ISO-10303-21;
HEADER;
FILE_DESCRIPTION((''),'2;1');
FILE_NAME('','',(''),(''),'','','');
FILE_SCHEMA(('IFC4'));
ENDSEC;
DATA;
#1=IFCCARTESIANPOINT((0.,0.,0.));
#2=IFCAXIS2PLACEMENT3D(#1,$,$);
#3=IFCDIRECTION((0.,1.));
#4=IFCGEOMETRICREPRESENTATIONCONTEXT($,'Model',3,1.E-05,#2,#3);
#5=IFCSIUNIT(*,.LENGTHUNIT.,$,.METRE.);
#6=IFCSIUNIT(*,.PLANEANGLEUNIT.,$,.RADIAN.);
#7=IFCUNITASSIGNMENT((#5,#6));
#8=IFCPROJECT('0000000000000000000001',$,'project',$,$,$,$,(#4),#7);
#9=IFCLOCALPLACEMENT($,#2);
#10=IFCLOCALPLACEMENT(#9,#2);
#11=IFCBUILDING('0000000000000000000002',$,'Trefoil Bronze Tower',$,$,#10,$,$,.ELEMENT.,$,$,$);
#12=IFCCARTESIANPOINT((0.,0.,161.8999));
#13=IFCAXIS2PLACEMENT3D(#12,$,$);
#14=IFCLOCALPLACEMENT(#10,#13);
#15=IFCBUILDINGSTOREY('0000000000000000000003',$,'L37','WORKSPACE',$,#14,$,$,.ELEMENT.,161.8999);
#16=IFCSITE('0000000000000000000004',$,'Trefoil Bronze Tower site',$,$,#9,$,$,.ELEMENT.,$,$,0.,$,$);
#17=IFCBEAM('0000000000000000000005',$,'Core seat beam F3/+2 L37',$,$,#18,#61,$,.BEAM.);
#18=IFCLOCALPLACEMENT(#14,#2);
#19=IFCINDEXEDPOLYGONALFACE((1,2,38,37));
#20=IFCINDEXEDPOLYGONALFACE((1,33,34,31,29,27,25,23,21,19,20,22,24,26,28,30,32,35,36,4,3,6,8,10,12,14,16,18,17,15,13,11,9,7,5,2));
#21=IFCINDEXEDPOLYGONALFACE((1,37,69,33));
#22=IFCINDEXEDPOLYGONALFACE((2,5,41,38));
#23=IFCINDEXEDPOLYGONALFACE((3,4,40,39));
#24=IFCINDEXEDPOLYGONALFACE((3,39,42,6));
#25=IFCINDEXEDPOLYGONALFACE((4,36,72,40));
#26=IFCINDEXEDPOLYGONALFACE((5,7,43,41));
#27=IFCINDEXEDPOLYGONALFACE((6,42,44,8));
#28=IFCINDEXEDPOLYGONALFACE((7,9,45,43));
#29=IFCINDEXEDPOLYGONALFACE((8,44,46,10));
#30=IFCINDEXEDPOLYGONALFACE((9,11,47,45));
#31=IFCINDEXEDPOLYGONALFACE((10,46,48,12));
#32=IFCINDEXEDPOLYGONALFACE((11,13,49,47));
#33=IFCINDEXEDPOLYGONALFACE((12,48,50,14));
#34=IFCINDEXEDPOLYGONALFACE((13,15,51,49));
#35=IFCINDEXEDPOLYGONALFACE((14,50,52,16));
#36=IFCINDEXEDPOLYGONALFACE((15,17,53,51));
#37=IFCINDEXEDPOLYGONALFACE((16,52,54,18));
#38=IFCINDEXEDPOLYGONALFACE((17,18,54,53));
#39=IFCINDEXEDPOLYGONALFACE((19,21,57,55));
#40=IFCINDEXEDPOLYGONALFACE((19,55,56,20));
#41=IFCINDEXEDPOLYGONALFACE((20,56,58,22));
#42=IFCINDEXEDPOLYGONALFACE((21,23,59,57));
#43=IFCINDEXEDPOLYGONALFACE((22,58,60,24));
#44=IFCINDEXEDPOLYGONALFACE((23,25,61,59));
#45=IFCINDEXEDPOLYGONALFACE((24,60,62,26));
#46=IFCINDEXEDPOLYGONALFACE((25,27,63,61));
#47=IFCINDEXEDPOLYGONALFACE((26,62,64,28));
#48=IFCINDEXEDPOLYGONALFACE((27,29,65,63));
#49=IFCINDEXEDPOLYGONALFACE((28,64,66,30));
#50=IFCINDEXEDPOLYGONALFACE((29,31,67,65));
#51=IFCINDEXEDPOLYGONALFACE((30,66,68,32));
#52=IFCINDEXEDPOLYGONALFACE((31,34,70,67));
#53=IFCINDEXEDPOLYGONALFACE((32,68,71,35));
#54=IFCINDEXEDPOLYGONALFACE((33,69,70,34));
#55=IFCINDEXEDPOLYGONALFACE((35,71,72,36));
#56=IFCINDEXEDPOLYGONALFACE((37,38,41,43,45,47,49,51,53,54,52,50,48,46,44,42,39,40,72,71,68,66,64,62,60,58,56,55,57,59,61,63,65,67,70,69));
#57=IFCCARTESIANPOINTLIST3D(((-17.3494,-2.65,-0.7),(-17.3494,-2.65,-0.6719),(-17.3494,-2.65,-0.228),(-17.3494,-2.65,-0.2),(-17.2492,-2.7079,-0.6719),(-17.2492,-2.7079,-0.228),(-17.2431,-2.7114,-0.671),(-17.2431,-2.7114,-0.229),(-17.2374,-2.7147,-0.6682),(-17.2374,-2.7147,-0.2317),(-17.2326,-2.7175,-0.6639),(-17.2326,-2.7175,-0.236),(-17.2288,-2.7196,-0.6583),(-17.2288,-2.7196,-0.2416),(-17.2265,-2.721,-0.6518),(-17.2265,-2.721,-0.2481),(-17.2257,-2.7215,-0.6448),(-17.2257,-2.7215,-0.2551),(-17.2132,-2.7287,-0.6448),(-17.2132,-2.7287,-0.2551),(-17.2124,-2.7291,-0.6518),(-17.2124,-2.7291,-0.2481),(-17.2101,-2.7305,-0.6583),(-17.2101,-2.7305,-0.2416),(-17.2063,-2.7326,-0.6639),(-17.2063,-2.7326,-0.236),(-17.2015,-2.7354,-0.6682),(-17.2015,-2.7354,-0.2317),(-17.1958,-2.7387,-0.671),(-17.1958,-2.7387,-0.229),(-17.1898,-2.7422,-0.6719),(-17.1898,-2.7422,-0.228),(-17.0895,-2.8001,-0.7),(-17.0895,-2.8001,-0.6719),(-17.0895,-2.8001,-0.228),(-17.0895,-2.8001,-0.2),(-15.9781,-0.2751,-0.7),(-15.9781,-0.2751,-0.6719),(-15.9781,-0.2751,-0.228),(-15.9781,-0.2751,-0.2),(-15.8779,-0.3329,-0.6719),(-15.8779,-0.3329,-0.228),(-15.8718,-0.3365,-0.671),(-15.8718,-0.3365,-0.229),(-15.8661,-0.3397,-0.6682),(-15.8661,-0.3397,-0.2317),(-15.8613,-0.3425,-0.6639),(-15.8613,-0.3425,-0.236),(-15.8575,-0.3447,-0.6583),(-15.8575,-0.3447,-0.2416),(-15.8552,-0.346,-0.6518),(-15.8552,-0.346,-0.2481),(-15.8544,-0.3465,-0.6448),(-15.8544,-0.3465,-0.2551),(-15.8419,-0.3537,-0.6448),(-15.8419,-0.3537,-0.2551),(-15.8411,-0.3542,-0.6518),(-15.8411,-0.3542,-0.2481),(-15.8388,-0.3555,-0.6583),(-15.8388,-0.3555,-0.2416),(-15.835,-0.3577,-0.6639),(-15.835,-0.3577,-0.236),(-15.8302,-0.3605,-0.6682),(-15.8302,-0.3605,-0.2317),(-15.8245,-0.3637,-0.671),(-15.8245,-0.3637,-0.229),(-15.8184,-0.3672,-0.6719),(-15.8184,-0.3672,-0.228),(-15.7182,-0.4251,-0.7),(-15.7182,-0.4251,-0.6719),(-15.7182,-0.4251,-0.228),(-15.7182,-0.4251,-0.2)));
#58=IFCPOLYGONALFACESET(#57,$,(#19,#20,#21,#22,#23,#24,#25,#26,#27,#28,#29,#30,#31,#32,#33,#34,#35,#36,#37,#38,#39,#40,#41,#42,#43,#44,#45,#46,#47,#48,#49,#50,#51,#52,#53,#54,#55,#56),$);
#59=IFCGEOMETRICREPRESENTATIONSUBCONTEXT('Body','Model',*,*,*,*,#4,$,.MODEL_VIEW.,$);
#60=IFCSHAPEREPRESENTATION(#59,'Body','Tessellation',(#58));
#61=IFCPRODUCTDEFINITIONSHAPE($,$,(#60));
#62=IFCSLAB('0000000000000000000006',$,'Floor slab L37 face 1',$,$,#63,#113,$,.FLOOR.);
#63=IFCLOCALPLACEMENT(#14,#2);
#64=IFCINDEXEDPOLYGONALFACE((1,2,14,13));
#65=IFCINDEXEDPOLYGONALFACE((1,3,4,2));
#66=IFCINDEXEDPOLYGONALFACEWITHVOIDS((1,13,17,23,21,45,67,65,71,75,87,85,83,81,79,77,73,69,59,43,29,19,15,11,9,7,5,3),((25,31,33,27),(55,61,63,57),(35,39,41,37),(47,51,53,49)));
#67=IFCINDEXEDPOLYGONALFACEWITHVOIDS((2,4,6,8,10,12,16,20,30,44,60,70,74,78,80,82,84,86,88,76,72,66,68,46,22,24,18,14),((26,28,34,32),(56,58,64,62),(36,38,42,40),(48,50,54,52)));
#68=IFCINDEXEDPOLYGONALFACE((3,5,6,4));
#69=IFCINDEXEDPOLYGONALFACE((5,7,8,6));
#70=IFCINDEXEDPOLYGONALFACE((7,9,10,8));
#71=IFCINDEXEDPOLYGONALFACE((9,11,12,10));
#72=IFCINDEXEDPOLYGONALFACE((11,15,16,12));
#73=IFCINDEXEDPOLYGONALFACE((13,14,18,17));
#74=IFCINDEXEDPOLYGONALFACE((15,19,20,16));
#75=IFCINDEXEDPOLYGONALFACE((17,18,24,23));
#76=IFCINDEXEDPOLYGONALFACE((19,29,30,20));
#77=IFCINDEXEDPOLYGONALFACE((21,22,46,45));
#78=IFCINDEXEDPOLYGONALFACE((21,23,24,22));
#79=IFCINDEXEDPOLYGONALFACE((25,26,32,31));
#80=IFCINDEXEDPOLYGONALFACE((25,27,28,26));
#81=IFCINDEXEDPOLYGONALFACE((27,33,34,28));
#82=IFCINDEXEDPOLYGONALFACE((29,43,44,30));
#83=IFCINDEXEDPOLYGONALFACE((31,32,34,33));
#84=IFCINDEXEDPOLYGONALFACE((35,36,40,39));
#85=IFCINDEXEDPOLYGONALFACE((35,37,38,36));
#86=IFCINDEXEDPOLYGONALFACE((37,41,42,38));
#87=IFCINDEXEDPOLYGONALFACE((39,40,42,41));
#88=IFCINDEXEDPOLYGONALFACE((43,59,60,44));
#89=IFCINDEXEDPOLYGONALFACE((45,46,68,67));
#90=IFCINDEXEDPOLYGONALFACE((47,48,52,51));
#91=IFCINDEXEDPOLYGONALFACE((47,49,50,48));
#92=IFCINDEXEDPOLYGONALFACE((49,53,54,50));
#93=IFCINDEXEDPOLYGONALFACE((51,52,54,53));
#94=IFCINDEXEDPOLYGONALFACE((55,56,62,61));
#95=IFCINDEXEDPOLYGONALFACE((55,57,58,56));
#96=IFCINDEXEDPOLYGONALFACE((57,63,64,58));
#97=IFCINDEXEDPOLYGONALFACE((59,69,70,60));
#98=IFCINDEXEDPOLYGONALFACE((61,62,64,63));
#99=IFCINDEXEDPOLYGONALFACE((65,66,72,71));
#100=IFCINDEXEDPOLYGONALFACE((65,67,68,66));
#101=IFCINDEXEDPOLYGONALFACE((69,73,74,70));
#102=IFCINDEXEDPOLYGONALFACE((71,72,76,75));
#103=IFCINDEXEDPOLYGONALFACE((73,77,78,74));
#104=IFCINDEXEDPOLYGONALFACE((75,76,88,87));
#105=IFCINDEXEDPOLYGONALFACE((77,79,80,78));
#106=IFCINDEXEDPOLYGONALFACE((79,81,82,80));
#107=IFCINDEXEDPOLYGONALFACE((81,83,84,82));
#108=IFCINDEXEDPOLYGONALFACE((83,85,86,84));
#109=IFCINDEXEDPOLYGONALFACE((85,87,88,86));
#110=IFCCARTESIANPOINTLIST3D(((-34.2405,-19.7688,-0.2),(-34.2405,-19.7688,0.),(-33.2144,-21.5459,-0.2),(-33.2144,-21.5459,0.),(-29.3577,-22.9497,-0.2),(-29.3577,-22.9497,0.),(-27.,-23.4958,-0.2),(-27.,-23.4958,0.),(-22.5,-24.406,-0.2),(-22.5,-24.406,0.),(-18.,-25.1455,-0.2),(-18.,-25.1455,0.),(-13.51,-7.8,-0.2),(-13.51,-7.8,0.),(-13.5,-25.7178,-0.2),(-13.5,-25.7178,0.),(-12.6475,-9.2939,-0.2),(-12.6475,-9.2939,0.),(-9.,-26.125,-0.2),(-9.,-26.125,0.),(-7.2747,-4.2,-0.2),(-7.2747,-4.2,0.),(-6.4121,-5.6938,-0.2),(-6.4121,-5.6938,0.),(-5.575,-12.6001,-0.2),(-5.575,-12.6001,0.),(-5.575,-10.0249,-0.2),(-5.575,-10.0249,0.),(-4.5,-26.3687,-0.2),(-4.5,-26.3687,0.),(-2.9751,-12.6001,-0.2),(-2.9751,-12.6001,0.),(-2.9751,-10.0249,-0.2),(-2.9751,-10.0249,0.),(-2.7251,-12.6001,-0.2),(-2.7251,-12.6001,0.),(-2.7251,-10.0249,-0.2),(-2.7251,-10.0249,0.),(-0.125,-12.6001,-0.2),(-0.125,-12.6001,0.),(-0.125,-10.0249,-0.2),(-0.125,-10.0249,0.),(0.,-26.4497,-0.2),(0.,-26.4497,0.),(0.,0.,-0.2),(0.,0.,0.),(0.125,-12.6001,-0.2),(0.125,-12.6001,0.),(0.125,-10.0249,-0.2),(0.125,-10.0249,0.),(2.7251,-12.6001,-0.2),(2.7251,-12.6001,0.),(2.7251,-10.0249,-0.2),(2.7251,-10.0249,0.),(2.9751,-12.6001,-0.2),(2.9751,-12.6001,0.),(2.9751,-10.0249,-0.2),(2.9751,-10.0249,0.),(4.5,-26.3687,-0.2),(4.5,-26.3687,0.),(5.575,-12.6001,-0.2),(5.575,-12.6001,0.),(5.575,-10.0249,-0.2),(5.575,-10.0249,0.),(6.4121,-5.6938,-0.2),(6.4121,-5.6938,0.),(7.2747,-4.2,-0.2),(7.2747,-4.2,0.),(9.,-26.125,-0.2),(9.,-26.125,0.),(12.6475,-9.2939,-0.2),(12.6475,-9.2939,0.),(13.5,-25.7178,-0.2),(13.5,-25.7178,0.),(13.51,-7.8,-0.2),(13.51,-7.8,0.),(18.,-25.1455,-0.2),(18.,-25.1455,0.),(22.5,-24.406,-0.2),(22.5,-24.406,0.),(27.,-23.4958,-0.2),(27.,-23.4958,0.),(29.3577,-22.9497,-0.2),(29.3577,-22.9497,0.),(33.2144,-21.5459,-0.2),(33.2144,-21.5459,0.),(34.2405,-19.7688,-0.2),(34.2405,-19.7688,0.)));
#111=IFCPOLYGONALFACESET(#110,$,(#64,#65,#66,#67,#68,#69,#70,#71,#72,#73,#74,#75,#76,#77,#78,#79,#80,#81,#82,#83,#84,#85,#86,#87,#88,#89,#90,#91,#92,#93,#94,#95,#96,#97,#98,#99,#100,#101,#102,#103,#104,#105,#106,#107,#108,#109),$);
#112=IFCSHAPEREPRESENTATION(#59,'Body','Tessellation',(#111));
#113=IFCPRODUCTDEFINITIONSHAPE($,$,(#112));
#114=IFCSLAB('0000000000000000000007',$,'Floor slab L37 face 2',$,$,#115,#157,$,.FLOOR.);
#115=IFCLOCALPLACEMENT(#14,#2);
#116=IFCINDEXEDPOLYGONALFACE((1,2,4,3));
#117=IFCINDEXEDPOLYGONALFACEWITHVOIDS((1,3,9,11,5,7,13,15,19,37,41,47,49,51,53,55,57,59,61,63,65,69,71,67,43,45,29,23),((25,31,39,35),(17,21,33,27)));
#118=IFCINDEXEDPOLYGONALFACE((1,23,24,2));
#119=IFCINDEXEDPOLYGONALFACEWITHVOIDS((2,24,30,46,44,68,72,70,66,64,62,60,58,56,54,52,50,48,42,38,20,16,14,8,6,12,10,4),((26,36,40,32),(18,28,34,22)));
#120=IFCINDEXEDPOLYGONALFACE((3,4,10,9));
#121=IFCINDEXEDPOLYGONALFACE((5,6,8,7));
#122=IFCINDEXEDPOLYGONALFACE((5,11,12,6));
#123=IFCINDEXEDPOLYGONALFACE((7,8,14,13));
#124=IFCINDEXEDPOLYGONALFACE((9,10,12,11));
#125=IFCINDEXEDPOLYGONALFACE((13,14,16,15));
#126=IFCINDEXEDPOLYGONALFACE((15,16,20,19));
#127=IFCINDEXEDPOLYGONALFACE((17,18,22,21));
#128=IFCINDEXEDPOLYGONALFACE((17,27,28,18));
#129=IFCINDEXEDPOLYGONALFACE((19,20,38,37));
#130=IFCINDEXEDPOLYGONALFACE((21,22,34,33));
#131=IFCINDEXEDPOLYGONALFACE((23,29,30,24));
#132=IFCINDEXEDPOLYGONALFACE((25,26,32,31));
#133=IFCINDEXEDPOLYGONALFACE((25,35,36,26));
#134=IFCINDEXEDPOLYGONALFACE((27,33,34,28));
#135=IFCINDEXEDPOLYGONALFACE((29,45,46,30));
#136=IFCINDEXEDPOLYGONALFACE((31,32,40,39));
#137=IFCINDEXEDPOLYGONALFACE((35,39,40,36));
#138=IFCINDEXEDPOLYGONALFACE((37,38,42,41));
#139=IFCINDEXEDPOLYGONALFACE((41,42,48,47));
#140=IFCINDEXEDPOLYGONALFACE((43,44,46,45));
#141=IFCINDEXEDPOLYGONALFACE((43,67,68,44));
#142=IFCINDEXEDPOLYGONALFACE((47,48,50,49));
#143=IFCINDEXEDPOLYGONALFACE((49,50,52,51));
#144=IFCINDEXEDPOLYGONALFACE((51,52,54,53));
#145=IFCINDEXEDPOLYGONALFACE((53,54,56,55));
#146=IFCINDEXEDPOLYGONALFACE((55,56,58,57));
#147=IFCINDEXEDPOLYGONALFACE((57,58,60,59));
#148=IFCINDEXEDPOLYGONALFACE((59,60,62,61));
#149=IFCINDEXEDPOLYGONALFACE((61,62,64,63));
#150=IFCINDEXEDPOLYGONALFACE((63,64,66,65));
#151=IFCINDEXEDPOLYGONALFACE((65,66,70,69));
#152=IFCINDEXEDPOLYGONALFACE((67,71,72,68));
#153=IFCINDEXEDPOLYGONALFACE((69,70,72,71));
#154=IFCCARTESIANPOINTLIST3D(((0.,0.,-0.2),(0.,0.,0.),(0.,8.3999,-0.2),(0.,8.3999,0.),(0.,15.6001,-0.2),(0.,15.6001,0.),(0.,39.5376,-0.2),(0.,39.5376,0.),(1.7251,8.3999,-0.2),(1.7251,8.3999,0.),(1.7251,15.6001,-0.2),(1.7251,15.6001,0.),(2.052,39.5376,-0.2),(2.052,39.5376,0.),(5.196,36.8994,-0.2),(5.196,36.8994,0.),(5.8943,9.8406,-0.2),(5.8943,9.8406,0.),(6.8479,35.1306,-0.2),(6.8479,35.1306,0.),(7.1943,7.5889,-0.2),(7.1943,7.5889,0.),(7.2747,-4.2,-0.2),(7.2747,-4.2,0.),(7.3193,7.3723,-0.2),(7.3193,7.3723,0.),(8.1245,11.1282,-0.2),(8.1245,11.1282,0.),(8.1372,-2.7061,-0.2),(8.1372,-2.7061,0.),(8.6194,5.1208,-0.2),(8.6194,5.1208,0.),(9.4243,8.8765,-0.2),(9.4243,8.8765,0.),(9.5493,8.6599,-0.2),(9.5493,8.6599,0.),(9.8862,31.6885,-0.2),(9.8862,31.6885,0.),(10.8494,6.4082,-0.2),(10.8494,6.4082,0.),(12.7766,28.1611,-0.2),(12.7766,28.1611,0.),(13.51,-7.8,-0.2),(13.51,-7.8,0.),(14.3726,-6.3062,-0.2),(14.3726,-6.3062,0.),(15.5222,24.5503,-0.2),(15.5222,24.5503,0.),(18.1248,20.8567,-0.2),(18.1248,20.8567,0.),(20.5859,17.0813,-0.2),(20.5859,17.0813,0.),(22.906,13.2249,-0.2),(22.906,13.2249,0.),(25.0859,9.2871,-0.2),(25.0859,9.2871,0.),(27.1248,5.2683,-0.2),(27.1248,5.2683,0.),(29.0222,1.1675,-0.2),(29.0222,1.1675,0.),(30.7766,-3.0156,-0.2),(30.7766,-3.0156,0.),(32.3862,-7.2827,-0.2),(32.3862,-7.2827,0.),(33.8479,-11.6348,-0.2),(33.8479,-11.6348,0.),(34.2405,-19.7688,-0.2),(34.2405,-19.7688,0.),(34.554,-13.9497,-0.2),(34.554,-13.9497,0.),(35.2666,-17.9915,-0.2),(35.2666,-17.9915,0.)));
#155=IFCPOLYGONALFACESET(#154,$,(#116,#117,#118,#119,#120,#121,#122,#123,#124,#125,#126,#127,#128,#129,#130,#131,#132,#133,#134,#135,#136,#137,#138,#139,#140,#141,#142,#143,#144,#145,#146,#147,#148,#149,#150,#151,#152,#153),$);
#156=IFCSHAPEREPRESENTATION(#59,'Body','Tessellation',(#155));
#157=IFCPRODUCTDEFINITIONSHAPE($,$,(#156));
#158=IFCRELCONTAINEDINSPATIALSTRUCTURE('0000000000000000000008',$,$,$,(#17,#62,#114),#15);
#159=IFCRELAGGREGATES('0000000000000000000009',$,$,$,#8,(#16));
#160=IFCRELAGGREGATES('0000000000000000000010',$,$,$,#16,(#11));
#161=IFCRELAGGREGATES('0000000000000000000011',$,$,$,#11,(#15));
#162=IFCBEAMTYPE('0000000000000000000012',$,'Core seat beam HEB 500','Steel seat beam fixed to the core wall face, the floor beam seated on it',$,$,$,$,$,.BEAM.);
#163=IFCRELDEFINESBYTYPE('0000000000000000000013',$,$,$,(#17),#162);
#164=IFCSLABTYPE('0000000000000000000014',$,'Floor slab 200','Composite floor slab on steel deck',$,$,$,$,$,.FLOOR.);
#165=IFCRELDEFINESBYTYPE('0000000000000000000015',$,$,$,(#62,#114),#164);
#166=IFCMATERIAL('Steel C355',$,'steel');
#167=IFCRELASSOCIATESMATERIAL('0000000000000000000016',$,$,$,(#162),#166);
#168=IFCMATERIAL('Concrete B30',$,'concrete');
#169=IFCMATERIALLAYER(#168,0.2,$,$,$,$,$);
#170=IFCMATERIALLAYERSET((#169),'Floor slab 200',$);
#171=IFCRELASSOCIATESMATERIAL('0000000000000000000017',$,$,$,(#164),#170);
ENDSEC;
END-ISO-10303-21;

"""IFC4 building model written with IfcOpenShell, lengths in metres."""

from ifc_helpers import new_model, si_unit, direction, frame, origin, origin_2d, place, context, subcontext, project, spatial, polyline, i_section, outline, extrude, material, layer, layer_set, material_profile, profile_set, type_object, element, save


model = new_model("IFC4")

# Units and contexts
model_context = context("Model", 3, precision=1e-05, world=origin(), true_north=direction((0.0, 1.0)))
body_context = subcontext(model_context, "Body", "Model", "MODEL_VIEW")
ifc_project = project(units=[si_unit("LENGTHUNIT", "METRE"), si_unit("PLANEANGLEUNIT", "RADIAN")], contexts=[model_context])

# Site, building, storey
site_placement = place(None, origin())
site = spatial("IfcSite", under=ifc_project, at=site_placement, Name="Trefoil Bronze Tower site", CompositionType="ELEMENT", RefElevation=0.0)
building_placement = place(site_placement, origin())
building = spatial("IfcBuilding", under=site, at=building_placement, Name="Trefoil Bronze Tower", CompositionType="ELEMENT")
storey_placement = place(building_placement, frame((0.0, 0.0, 161.8999)))
storey = spatial("IfcBuildingStorey", under=building, at=storey_placement, Name="L37", Description="WORKSPACE", CompositionType="ELEMENT", Elevation=161.8999)

# Beam
ifc_material_1 = material(Name="Steel C355", Category="steel")
ifc_material_profile = material_profile(ifc_material_1, i_section(OverallWidth=0.3, OverallDepth=0.5, WebThickness=0.0144, FlangeThickness=0.0281, FilletRadius=0.0271, at=origin_2d()), Name="HEB 500")
ifc_profile_set = profile_set([ifc_material_profile], Name="Steel C355")
beam_type = type_object("IfcBeamType", Name="Core seat beam HEB 500", Description="Steel seat beam fixed to the core wall face, the floor beam seated on it", PredefinedType="BEAM", material=ifc_profile_set)
beam_placement = place(storey_placement, frame((-15.8481, -0.3501, -0.45), z_axis=(-0.500036, -0.866005, 0.0), x_axis=(0.866005, -0.500036, 0.0)))
element("IfcBeam", 1, at=beam_placement, inside=storey, type_object=beam_type, Name="Core seat beam F3/+2 L37", PredefinedType="BEAM", context=body_context, shape_type="SweptSolid", body=[
    extrude(i_section(OverallWidth=0.3, OverallDepth=0.5, WebThickness=0.0144, FlangeThickness=0.0281, FilletRadius=0.0271, at=origin_2d()), origin(), (0.0, 0.0, 1.0), 2.7424),
])

# Slabs
ifc_material_2 = material(Name="Concrete B30", Category="concrete")
ifc_layer_1 = layer(ifc_material_2, 0.2)
ifc_layer_set_1 = layer_set([ifc_layer_1], Name="Floor slab 200")
slab_type = type_object("IfcSlabType", Name="Floor slab 200", Description="Composite floor slab on steel deck", PredefinedType="FLOOR", material=ifc_layer_set_1)
slab_1_placement = place(storey_placement, frame((0.0, 0.0, -0.2)))
element("IfcSlab", 2, at=slab_1_placement, inside=storey, type_object=slab_type, Name="Floor slab L37 face 1", PredefinedType="FLOOR", context=body_context, shape_type="SweptSolid", body=[
    extrude(outline(polyline([(22.5, -24.406), (18.0, -25.1455), (13.5, -25.7178), (9.0, -26.125), (4.5, -26.3687), (0.0, -26.4497), (-4.5, -26.3687), (-9.0, -26.125), (-13.5, -25.7178), (-18.0, -25.1455), (-22.5, -24.406), (-27.0, -23.4958), (-29.3577, -22.9497), (-33.2144, -21.5459), (-34.2405, -19.7688), (-13.51, -7.8), (-12.6475, -9.2939), (-6.4121, -5.6938), (-7.2747, -4.2), (0.0, 0.0), (7.2747, -4.2), (6.4121, -5.6938), (12.6475, -9.2939), (13.51, -7.8), (34.2405, -19.7688), (33.2144, -21.5459), (29.3577, -22.9497), (27.0, -23.4958), (22.5, -24.406)]), holes=[polyline([(-5.575, -10.0249), (-2.9751, -10.0249), (-2.9751, -12.6001), (-5.575, -12.6001), (-5.575, -10.0249)]), polyline([(-2.7251, -10.0249), (-0.125, -10.0249), (-0.125, -12.6001), (-2.7251, -12.6001), (-2.7251, -10.0249)]), polyline([(0.125, -10.0249), (2.7251, -10.0249), (2.7251, -12.6001), (0.125, -12.6001), (0.125, -10.0249)]), polyline([(2.9751, -10.0249), (5.575, -10.0249), (5.575, -12.6001), (2.9751, -12.6001), (2.9751, -10.0249)])]), origin(), (0.0, 0.0, 1.0), 0.2),
])
slab_2_placement = place(storey_placement, frame((0.0, 0.0, -0.2)))
element("IfcSlab", 3, at=slab_2_placement, inside=storey, type_object=slab_type, Name="Floor slab L37 face 2", PredefinedType="FLOOR", context=body_context, shape_type="SweptSolid", body=[
    extrude(outline(polyline([(9.8862, 31.6885), (12.7766, 28.1611), (15.5222, 24.5503), (18.1248, 20.8567), (20.5859, 17.0813), (22.906, 13.2249), (25.0859, 9.2871), (27.1248, 5.2683), (29.0222, 1.1675), (30.7766, -3.0156), (32.3862, -7.2827), (33.8479, -11.6348), (34.554, -13.9497), (35.2666, -17.9915), (34.2405, -19.7688), (13.51, -7.8), (14.3726, -6.3062), (8.1372, -2.7061), (7.2747, -4.2), (0.0, 0.0), (0.0, 8.3999), (1.7251, 8.3999), (1.7251, 15.6001), (0.0, 15.6001), (0.0, 39.5376), (2.052, 39.5376), (5.196, 36.8994), (6.8479, 35.1306), (9.8862, 31.6885)]), holes=[polyline([(8.6194, 5.1208), (7.3193, 7.3723), (9.5493, 8.6599), (10.8494, 6.4082), (8.6194, 5.1208)]), polyline([(7.1943, 7.5889), (5.8943, 9.8406), (8.1245, 11.1282), (9.4243, 8.8765), (7.1943, 7.5889)])]), origin(), (0.0, 0.0, 1.0), 0.2),
])

save(model, "model.ifc")
